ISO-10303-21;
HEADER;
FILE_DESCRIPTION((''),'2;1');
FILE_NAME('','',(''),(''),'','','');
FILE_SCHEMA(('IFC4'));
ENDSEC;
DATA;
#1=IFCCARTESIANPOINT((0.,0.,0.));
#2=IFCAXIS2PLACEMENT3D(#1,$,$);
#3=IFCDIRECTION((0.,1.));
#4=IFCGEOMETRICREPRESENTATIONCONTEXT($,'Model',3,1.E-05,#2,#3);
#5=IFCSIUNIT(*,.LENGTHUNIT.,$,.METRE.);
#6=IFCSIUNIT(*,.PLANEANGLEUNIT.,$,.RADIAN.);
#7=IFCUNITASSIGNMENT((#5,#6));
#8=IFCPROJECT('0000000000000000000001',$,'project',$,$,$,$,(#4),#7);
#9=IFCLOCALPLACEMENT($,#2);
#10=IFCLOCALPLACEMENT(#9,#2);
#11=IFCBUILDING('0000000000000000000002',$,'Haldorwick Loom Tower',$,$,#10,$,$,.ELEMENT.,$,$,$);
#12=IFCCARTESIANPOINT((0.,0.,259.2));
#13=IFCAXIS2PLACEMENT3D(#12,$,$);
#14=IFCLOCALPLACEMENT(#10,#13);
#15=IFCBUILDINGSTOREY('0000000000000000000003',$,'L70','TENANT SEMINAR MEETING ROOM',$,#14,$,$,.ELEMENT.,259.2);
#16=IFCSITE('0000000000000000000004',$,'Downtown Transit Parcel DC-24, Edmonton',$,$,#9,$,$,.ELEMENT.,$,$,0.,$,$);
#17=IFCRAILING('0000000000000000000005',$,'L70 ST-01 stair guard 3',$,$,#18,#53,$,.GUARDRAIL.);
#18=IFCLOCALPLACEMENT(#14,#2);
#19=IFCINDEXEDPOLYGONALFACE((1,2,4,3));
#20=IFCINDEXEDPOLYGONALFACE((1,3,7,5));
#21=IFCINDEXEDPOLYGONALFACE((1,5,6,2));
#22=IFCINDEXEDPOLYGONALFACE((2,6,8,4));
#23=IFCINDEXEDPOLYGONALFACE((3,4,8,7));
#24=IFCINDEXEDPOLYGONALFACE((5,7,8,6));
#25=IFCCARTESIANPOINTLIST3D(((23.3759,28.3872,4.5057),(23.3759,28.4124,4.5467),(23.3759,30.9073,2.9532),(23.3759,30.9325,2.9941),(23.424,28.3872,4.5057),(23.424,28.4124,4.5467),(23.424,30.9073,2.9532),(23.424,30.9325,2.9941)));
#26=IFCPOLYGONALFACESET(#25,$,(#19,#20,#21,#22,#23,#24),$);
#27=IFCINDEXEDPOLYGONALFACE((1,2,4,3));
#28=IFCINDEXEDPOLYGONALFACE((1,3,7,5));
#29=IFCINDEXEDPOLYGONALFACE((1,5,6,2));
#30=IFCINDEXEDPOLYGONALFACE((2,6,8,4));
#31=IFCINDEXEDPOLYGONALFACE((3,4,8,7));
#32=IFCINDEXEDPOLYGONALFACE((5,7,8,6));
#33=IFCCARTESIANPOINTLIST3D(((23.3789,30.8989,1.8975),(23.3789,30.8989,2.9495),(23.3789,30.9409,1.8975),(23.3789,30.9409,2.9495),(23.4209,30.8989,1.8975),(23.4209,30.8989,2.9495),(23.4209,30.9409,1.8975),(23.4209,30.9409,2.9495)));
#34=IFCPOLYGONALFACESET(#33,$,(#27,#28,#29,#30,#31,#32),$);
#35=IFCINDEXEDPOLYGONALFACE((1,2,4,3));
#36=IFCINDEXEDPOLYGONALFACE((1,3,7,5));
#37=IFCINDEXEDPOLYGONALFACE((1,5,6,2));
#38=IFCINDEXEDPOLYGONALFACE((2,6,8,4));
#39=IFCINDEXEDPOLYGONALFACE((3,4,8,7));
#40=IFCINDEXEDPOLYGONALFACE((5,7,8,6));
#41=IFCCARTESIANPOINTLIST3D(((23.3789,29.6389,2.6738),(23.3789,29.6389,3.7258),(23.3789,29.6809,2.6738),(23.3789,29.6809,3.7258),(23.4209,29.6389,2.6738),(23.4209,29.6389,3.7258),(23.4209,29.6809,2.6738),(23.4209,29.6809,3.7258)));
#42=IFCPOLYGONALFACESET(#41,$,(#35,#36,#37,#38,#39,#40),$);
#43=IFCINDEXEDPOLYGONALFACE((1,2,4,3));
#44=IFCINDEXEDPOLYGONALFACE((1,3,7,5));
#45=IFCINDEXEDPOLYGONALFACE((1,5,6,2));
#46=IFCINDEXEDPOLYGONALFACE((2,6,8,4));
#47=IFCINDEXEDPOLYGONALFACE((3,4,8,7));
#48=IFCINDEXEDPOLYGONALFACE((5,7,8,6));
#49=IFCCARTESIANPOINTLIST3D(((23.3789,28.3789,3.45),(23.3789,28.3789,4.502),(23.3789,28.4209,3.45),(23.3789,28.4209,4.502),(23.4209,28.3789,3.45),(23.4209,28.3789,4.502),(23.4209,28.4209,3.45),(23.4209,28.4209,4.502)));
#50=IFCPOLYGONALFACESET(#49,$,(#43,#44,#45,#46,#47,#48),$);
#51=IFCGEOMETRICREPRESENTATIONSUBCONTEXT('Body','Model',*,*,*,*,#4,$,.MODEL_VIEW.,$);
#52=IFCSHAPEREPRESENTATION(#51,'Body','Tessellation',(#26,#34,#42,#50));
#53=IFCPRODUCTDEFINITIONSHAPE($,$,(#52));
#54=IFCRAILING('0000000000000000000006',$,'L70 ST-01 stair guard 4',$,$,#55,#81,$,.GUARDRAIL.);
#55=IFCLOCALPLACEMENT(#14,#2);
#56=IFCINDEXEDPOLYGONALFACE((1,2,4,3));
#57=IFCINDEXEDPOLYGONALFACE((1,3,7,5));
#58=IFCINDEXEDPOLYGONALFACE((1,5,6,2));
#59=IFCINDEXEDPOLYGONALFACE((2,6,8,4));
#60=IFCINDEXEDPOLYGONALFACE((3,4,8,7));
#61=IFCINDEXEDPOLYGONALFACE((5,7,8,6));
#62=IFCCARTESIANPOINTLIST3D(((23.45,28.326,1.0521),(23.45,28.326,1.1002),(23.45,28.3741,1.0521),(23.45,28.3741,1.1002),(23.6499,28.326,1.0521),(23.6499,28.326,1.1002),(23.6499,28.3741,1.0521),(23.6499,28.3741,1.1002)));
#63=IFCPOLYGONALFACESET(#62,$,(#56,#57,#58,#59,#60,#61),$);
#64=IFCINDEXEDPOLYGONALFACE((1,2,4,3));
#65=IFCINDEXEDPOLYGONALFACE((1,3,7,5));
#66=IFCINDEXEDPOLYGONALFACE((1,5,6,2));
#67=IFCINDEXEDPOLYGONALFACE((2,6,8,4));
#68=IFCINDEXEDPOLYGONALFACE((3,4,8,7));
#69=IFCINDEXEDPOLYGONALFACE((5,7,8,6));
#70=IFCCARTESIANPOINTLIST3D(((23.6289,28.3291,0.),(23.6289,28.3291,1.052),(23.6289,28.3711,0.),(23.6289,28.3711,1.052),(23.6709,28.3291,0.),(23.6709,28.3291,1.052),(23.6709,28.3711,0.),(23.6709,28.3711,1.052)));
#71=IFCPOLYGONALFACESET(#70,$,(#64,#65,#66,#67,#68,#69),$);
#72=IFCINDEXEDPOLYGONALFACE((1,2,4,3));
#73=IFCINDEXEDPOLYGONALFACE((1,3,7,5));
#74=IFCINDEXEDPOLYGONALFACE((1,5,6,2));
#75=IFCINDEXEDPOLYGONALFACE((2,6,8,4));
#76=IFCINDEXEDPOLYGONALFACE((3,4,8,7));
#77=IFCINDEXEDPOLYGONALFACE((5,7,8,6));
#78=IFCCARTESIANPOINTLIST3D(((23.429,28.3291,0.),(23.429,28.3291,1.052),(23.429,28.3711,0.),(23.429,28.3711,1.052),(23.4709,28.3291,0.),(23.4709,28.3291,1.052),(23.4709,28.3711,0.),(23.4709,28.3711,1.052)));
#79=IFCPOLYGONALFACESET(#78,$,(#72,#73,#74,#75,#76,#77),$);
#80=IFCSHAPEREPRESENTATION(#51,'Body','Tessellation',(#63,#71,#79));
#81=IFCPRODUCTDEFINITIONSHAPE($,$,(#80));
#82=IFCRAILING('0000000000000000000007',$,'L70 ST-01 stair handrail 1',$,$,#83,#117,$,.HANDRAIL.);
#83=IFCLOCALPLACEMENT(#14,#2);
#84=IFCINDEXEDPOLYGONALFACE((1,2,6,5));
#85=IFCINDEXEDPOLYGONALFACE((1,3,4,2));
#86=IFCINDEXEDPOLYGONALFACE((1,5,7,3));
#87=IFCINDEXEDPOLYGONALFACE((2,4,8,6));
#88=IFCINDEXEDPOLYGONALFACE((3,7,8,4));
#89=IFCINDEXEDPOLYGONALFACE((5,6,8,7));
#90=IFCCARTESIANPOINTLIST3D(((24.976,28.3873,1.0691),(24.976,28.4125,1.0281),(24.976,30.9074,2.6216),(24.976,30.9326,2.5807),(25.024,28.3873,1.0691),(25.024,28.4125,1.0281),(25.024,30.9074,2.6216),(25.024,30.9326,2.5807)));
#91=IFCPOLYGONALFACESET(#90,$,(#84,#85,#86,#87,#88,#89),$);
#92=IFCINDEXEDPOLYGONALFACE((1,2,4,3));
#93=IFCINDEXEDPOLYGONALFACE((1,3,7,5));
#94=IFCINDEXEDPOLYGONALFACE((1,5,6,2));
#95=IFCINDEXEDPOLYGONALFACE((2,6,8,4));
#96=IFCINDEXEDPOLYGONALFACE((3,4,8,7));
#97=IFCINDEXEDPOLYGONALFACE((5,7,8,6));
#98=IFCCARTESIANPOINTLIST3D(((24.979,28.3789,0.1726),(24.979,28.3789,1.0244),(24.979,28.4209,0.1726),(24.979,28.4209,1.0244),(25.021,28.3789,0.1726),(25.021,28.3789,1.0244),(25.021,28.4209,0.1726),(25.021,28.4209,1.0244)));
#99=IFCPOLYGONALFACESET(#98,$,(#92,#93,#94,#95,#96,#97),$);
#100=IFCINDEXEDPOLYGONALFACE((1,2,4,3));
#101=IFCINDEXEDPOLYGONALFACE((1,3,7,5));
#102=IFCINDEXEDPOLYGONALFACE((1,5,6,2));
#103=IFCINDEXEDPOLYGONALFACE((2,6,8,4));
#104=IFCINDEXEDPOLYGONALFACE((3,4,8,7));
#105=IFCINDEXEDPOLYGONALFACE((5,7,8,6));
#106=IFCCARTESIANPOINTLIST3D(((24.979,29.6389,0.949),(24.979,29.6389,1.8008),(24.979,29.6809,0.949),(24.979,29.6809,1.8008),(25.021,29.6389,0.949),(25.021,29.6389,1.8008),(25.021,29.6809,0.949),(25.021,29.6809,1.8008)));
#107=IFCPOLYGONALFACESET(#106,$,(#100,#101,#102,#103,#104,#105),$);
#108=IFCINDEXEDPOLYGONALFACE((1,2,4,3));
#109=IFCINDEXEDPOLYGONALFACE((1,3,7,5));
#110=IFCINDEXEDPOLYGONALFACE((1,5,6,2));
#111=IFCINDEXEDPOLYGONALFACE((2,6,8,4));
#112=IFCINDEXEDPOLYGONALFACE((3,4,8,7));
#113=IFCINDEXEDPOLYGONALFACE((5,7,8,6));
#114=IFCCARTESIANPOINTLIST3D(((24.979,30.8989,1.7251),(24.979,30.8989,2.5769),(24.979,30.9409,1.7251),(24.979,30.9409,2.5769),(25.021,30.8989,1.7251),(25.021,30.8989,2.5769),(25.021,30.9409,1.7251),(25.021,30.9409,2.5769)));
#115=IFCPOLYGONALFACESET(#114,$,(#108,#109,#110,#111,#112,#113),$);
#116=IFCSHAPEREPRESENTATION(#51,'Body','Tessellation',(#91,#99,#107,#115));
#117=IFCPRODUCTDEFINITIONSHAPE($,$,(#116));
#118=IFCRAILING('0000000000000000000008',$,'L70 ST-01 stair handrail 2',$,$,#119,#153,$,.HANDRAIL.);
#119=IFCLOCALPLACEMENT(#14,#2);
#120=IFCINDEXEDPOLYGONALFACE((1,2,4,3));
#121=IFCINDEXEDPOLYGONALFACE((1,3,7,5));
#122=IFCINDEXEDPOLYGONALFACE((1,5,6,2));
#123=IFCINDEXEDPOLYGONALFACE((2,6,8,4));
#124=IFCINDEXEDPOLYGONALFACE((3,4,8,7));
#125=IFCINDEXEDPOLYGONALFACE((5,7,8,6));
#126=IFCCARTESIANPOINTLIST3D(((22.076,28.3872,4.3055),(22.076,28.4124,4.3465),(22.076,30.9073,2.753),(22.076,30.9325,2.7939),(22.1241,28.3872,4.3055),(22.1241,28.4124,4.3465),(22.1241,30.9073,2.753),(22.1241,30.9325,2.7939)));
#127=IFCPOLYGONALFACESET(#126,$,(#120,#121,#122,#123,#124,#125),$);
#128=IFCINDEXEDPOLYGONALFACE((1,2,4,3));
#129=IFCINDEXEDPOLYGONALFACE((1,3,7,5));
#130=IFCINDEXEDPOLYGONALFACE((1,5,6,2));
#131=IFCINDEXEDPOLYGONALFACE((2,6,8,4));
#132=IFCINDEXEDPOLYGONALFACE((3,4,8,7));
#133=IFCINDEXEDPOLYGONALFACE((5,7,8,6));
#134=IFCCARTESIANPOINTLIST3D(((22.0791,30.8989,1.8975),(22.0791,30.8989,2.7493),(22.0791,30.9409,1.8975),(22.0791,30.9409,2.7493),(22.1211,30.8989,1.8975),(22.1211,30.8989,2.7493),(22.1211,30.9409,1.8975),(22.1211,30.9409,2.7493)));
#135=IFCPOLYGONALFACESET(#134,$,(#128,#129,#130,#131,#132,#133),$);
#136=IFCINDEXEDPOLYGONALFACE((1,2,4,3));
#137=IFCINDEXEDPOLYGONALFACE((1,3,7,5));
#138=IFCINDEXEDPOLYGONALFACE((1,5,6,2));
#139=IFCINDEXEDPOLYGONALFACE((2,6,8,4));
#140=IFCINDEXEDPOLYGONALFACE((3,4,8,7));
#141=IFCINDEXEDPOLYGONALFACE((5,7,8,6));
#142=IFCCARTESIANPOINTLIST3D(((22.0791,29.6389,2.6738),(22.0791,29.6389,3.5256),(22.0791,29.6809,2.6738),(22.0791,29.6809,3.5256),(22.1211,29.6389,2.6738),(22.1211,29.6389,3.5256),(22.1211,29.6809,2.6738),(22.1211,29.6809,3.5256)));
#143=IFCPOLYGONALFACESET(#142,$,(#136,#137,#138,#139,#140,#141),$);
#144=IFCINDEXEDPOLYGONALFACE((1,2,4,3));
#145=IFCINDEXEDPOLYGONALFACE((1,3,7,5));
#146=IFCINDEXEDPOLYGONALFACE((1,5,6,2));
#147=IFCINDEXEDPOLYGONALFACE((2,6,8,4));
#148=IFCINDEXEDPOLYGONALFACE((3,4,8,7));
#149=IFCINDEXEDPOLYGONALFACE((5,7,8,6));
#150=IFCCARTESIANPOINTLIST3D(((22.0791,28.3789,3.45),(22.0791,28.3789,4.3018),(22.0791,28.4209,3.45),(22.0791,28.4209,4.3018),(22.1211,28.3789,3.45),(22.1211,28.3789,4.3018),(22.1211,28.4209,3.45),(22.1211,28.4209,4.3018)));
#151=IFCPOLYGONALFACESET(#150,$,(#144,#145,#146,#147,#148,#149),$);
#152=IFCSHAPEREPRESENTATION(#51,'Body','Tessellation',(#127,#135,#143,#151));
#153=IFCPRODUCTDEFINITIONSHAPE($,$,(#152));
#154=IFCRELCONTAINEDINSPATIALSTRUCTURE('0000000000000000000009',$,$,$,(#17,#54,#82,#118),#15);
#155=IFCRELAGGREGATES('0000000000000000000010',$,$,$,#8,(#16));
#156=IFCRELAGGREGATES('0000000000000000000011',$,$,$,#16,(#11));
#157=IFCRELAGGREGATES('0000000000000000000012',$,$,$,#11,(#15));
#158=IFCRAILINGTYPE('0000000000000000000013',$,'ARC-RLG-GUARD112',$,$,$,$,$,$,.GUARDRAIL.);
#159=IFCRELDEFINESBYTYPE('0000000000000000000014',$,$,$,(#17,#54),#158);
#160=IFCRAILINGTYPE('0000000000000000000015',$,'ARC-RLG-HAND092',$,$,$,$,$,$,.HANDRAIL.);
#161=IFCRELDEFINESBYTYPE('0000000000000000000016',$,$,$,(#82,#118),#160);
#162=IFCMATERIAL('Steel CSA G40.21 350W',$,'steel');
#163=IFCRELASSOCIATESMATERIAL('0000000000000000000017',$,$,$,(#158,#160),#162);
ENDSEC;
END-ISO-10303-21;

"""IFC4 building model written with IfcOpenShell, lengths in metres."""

from ifc_helpers import new_model, si_unit, direction, frame, origin, origin_2d, place, context, subcontext, project, spatial, rectangle, extrude, material, type_object, element, save


model = new_model("IFC4")

# Units and contexts
model_context = context("Model", 3, precision=1e-05, world=origin(), true_north=direction((0.0, 1.0)))
body_context = subcontext(model_context, "Body", "Model", "MODEL_VIEW")
ifc_project = project(units=[si_unit("LENGTHUNIT", "METRE"), si_unit("PLANEANGLEUNIT", "RADIAN")], contexts=[model_context])

# Site, building, storey
site_placement = place(None, origin())
site = spatial("IfcSite", under=ifc_project, at=site_placement, Name="Downtown Transit Parcel DC-24, Edmonton", CompositionType="ELEMENT", RefElevation=0.0)
building_placement = place(site_placement, origin())
building = spatial("IfcBuilding", under=site, at=building_placement, Name="Haldorwick Loom Tower", CompositionType="ELEMENT")
storey_placement = place(building_placement, frame((0.0, 0.0, 259.2)))
storey = spatial("IfcBuildingStorey", under=building, at=storey_placement, Name="L70", Description="TENANT SEMINAR MEETING ROOM", CompositionType="ELEMENT", Elevation=259.2)

# Shared definitions
ifc_material_1 = material(Name="Steel CSA G40.21 350W", Category="steel")

# Railings
railing_type_1 = type_object("IfcRailingType", Name="ARC-RLG-GUARD112", PredefinedType="GUARDRAIL", material=ifc_material_1)
railing_1_placement = place(storey_placement, frame((23.3999, 30.9199, 1.8975)))
element("IfcRailing", 1, at=railing_1_placement, inside=storey, type_object=railing_type_1, Name="L70 ST-01 stair guard 3", PredefinedType="GUARDRAIL", context=body_context, shape_type="SweptSolid", body=[
    extrude(rectangle(XDim=0.0481, YDim=0.0481, at=origin_2d()), frame((0.0, 0.0, 1.0762), z_axis=(0.0, -0.8514, 0.524516), x_axis=(1.0, 0.0, 0.0)), (0.0, 0.0, 1.0), 2.96),
    extrude(rectangle(XDim=0.042, YDim=0.042, at=origin_2d()), origin(), (0.0, 0.0, 1.0), 1.052),
    extrude(rectangle(XDim=0.042, YDim=0.042, at=origin_2d()), frame((0.0, -1.26, 0.7764)), (0.0, 0.0, 1.0), 1.052),
    extrude(rectangle(XDim=0.042, YDim=0.042, at=origin_2d()), frame((0.0, -2.52, 1.5525)), (0.0, 0.0, 1.0), 1.052),
])
railing_2_placement = place(storey_placement, frame((23.6499, 28.3501, 0.0)))
element("IfcRailing", 2, at=railing_2_placement, inside=storey, type_object=railing_type_1, Name="L70 ST-01 stair guard 4", PredefinedType="GUARDRAIL", context=body_context, shape_type="SweptSolid", body=[
    extrude(rectangle(XDim=0.0481, YDim=0.0481, at=origin_2d()), frame((0.0, 0.0, 1.0762), z_axis=(-1.0, 0.0, 0.0), x_axis=(0.0, -1.0, 0.0)), (0.0, 0.0, 1.0), 0.2),
    extrude(rectangle(XDim=0.042, YDim=0.042, at=origin_2d()), origin(), (0.0, 0.0, 1.0), 1.052),
    extrude(rectangle(XDim=0.042, YDim=0.042, at=origin_2d()), frame((-0.2, 0.0, 0.0)), (0.0, 0.0, 1.0), 1.052),
])
railing_type_2 = type_object("IfcRailingType", Name="ARC-RLG-HAND092", PredefinedType="HANDRAIL", material=ifc_material_1)
railing_3_placement = place(storey_placement, frame((25.0, 28.3999, 0.1726)))
element("IfcRailing", 3, at=railing_3_placement, inside=storey, type_object=railing_type_2, Name="L70 ST-01 stair handrail 1", PredefinedType="HANDRAIL", context=body_context, shape_type="SweptSolid", body=[
    extrude(rectangle(XDim=0.0481, YDim=0.0481, at=origin_2d()), frame((0.0, 0.0, 0.876), z_axis=(0.0, 0.8514, 0.524516), x_axis=(-1.0, 0.0, 0.0)), (0.0, 0.0, 1.0), 2.96),
    extrude(rectangle(XDim=0.042, YDim=0.042, at=origin_2d()), origin(), (0.0, 0.0, 1.0), 0.8518),
    extrude(rectangle(XDim=0.042, YDim=0.042, at=origin_2d()), frame((0.0, 1.26, 0.7764)), (0.0, 0.0, 1.0), 0.8518),
    extrude(rectangle(XDim=0.042, YDim=0.042, at=origin_2d()), frame((0.0, 2.52, 1.5525)), (0.0, 0.0, 1.0), 0.8518),
])
railing_4_placement = place(storey_placement, frame((22.1001, 30.9199, 1.8975)))
element("IfcRailing", 4, at=railing_4_placement, inside=storey, type_object=railing_type_2, Name="L70 ST-01 stair handrail 2", PredefinedType="HANDRAIL", context=body_context, shape_type="SweptSolid", body=[
    extrude(rectangle(XDim=0.0481, YDim=0.0481, at=origin_2d()), frame((0.0, 0.0, 0.876), z_axis=(0.0, -0.8514, 0.524516), x_axis=(1.0, 0.0, 0.0)), (0.0, 0.0, 1.0), 2.96),
    extrude(rectangle(XDim=0.042, YDim=0.042, at=origin_2d()), origin(), (0.0, 0.0, 1.0), 0.8518),
    extrude(rectangle(XDim=0.042, YDim=0.042, at=origin_2d()), frame((0.0, -1.26, 0.7764)), (0.0, 0.0, 1.0), 0.8518),
    extrude(rectangle(XDim=0.042, YDim=0.042, at=origin_2d()), frame((0.0, -2.52, 1.5525)), (0.0, 0.0, 1.0), 0.8518),
])

save(model, "model.ifc")
